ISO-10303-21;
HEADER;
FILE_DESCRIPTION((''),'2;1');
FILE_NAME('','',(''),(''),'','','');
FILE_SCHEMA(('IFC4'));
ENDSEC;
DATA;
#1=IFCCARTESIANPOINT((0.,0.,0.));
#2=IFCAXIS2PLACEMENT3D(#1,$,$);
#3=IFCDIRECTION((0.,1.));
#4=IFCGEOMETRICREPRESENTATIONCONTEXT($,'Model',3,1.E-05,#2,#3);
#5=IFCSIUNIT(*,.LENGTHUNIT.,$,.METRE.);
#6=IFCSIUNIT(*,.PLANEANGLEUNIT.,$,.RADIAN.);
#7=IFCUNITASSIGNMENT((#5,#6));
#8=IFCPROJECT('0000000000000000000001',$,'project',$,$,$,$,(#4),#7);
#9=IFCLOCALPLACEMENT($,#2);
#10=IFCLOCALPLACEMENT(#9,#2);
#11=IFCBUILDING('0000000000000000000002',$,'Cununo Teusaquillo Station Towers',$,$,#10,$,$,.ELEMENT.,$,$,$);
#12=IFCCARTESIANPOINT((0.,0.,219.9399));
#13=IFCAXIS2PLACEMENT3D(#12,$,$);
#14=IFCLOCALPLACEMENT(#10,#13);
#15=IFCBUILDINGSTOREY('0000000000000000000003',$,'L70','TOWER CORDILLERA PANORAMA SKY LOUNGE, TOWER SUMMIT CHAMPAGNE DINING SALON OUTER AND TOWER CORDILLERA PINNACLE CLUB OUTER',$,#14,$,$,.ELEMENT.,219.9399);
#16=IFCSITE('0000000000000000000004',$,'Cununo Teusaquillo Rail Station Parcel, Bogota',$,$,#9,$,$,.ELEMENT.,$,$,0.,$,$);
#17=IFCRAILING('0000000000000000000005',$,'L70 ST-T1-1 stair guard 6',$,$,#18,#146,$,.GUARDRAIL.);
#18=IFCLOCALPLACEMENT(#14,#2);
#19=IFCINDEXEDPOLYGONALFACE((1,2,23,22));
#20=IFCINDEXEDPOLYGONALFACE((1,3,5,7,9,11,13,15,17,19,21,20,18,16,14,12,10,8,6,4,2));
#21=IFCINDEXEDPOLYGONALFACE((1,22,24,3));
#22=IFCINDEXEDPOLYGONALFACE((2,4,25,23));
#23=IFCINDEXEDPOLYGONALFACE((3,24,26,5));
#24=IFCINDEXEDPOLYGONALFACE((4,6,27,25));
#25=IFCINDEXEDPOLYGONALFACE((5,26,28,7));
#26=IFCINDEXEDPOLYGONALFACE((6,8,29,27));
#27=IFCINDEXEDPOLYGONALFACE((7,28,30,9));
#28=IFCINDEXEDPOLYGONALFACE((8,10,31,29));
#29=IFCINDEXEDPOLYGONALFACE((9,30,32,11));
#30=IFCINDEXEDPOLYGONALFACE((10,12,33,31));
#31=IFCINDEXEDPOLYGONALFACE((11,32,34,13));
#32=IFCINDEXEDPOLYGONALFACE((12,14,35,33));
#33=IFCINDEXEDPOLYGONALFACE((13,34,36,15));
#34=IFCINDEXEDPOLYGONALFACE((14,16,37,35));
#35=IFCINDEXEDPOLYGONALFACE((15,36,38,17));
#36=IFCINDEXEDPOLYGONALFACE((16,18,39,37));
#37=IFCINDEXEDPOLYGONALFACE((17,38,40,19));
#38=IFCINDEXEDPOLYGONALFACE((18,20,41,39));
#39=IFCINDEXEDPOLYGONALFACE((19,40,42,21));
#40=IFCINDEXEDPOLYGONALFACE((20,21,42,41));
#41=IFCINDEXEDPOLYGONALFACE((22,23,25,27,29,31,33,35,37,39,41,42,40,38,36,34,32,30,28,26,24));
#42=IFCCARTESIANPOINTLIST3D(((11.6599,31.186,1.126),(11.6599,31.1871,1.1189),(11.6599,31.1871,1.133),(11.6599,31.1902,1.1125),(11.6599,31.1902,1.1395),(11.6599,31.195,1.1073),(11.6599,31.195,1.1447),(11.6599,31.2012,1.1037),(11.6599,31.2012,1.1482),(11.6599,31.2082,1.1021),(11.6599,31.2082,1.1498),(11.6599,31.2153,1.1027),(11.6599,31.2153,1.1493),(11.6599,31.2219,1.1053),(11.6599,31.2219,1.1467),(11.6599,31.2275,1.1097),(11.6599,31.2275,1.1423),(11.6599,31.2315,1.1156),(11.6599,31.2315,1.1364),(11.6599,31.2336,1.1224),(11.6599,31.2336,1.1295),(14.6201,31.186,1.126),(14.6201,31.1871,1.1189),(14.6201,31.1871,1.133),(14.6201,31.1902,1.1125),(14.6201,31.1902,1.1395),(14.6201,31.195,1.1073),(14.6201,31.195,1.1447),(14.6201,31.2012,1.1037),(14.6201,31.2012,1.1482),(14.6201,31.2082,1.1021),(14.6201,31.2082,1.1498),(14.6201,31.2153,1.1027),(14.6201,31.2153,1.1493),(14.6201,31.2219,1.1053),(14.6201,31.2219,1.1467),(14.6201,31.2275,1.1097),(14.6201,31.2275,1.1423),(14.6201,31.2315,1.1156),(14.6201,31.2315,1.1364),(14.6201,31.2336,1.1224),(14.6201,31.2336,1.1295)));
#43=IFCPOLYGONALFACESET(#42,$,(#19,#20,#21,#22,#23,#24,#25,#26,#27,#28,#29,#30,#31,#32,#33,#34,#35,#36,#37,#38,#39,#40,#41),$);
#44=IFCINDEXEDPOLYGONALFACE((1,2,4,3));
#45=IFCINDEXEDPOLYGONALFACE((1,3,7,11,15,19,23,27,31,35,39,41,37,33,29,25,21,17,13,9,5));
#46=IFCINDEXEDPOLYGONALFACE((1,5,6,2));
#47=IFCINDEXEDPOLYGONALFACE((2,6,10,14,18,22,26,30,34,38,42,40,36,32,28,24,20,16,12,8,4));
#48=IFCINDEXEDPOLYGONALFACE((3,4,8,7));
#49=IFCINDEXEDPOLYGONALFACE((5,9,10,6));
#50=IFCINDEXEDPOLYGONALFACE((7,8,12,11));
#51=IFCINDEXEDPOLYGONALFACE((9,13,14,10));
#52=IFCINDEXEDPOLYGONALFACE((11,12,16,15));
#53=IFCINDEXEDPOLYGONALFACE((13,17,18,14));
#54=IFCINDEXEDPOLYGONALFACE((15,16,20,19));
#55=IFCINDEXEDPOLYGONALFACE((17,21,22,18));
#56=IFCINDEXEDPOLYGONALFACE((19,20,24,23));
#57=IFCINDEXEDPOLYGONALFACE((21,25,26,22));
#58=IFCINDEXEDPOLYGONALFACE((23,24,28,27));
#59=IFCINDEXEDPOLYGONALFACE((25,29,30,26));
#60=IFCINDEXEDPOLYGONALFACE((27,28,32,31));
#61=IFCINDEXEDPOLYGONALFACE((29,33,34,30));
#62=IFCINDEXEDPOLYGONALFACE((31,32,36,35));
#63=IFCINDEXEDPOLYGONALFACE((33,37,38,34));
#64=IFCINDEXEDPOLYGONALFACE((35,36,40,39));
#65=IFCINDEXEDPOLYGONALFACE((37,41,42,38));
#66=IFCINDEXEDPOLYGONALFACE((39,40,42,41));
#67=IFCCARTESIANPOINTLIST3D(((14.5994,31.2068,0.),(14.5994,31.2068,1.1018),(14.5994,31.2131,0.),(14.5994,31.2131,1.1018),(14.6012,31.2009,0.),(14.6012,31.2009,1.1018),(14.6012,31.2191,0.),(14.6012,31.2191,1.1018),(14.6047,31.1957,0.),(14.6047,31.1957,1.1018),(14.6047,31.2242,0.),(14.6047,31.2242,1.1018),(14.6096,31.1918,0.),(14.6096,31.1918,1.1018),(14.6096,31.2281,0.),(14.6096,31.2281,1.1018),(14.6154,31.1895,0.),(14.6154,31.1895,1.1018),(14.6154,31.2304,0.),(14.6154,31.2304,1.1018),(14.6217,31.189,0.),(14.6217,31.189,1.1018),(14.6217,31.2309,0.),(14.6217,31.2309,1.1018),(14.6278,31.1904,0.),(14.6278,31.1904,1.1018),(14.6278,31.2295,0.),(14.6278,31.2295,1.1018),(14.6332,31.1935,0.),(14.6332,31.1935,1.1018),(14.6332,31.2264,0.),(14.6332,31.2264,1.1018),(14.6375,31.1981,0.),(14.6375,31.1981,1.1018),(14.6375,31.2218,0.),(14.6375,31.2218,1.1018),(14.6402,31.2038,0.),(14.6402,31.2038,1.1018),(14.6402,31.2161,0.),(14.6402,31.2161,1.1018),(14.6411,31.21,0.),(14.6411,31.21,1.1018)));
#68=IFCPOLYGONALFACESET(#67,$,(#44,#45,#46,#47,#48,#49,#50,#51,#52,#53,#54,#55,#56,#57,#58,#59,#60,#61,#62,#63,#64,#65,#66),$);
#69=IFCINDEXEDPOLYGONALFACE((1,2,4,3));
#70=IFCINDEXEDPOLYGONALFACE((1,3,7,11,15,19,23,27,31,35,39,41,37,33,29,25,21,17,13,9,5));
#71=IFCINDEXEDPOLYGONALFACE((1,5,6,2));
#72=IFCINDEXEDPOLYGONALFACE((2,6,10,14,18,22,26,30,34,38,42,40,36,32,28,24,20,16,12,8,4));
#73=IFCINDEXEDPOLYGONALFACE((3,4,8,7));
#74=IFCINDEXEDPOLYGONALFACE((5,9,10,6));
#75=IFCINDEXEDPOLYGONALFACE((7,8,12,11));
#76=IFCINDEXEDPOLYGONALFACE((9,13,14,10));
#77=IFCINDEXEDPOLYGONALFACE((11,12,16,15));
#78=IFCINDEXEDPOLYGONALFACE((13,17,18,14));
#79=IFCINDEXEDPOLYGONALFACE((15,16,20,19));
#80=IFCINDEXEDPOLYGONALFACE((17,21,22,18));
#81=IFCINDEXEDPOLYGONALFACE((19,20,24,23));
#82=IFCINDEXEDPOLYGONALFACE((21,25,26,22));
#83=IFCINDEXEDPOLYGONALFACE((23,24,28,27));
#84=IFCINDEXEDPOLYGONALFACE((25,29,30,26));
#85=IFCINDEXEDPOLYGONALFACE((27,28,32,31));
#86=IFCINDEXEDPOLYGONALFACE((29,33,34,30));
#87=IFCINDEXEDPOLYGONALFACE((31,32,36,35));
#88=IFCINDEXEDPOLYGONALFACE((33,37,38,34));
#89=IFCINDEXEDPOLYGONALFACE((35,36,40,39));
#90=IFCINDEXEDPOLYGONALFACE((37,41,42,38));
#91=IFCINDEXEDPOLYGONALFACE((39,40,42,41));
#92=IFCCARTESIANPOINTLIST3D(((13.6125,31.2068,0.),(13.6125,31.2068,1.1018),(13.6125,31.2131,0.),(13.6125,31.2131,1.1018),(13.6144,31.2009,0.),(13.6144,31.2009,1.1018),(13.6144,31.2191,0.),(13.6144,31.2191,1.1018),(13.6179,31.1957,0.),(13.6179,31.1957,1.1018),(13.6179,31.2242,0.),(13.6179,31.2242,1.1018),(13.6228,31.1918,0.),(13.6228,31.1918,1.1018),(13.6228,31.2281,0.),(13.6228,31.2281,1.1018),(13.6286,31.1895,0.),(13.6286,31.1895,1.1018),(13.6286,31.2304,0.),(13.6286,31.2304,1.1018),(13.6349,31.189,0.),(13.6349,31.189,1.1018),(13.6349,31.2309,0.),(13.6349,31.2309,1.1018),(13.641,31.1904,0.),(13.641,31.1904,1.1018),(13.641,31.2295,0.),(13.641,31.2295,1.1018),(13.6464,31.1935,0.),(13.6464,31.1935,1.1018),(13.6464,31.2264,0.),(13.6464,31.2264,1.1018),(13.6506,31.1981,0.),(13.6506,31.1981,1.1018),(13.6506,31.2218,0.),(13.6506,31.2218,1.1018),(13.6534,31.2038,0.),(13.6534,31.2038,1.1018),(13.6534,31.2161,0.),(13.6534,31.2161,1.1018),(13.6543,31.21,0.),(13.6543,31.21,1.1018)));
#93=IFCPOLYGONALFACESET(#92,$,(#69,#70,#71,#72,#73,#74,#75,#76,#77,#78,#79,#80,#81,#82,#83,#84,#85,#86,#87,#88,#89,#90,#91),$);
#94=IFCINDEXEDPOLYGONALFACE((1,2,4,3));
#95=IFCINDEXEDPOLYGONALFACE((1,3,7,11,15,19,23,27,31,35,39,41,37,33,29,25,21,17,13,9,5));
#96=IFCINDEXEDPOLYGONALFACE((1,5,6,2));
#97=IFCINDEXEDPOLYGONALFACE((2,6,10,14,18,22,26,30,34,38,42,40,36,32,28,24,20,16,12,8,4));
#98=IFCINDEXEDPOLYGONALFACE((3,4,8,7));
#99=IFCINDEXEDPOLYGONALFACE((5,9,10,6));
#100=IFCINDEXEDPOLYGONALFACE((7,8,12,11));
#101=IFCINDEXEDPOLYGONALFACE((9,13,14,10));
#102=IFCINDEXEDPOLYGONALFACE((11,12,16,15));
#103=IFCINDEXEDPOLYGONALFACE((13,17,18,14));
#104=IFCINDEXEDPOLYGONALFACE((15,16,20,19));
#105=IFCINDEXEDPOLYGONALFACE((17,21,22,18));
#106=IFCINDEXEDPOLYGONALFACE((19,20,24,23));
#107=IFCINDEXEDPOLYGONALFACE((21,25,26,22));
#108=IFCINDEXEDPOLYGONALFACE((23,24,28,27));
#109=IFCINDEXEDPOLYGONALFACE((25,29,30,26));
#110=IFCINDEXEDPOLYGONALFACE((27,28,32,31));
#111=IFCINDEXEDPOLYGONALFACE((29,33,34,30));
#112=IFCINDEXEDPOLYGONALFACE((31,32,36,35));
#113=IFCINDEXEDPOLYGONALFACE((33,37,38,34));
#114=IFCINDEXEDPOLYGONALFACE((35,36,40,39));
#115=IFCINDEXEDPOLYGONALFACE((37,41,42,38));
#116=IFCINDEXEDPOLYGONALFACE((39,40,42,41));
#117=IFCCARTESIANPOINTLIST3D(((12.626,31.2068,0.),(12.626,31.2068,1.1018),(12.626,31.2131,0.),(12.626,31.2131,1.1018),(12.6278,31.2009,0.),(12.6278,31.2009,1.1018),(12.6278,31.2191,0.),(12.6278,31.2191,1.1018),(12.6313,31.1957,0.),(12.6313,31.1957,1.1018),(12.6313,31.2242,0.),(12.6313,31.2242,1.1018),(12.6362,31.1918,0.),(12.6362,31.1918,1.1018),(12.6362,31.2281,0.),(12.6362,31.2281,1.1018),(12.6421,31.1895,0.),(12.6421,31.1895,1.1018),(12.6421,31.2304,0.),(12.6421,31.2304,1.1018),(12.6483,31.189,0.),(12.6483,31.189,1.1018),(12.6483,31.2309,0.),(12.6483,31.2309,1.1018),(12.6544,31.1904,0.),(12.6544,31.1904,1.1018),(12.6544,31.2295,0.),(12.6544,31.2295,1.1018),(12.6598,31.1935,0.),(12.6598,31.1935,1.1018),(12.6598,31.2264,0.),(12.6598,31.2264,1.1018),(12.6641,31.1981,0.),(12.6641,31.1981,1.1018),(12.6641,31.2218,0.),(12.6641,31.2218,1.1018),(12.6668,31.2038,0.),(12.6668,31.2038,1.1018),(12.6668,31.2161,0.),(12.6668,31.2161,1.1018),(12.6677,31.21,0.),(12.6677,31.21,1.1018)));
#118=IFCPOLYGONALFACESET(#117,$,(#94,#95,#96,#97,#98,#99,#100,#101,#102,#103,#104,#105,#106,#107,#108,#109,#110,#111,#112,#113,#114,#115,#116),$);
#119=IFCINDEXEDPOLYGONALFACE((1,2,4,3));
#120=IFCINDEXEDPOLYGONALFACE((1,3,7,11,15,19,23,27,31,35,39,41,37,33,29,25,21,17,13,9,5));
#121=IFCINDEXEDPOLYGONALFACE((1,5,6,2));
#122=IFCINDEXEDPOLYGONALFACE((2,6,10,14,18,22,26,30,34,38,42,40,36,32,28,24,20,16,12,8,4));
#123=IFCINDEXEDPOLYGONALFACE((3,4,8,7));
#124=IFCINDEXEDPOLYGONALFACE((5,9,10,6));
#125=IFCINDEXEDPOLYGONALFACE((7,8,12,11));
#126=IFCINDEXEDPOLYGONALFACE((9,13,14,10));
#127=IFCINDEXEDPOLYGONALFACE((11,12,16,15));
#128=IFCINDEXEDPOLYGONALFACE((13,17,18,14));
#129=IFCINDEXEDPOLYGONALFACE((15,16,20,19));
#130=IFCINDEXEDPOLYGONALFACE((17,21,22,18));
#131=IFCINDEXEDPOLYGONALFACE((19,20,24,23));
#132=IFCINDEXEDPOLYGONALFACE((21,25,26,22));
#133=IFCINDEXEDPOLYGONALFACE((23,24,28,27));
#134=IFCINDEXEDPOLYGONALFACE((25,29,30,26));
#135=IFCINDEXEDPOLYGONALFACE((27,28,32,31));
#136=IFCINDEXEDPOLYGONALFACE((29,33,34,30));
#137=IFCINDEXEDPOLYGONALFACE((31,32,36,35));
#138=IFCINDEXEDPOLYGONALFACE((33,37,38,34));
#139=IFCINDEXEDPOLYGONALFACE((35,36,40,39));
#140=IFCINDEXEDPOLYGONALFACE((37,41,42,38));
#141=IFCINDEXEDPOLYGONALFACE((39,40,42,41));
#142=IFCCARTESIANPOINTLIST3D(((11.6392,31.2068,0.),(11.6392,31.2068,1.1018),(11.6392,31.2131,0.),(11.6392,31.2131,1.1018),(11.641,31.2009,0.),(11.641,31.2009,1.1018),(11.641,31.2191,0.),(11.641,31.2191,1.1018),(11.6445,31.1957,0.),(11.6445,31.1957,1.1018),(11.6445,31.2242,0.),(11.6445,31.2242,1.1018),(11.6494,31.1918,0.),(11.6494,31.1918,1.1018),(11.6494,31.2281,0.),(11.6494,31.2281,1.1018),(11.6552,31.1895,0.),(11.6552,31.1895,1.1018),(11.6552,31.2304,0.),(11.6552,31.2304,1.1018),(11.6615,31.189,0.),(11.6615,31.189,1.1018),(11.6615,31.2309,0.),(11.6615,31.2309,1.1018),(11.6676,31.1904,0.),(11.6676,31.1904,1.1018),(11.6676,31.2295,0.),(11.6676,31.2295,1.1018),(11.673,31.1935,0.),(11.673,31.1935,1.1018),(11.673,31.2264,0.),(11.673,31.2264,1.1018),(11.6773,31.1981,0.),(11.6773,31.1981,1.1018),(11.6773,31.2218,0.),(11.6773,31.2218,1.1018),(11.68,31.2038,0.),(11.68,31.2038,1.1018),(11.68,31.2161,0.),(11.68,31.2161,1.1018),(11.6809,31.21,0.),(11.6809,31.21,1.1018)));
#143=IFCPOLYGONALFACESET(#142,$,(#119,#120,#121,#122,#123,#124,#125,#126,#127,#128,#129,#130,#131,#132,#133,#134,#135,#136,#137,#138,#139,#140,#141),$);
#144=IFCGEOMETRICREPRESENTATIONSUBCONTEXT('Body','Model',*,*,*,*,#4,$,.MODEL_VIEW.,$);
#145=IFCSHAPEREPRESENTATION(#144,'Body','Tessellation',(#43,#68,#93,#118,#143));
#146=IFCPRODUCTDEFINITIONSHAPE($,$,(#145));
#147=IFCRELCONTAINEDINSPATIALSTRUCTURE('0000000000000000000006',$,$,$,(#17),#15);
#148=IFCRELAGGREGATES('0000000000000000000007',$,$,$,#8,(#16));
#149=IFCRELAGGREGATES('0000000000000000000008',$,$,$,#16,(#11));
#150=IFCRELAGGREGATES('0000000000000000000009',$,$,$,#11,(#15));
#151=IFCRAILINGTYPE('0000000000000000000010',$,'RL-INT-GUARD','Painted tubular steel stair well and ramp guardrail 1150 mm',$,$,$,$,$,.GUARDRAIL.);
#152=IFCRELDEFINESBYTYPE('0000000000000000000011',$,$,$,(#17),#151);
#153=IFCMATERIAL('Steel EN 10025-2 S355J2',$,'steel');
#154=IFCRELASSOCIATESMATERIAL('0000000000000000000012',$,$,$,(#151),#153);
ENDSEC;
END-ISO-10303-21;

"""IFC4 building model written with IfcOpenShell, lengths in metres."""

from ifc_helpers import new_model, si_unit, direction, frame, origin, origin_2d, place, context, subcontext, project, spatial, circle, extrude, material, type_object, element, save


model = new_model("IFC4")

# Units and contexts
model_context = context("Model", 3, precision=1e-05, world=origin(), true_north=direction((0.0, 1.0)))
body_context = subcontext(model_context, "Body", "Model", "MODEL_VIEW")
ifc_project = project(units=[si_unit("LENGTHUNIT", "METRE"), si_unit("PLANEANGLEUNIT", "RADIAN")], contexts=[model_context])

# Site, building, storey
site_placement = place(None, origin())
site = spatial("IfcSite", under=ifc_project, at=site_placement, Name="Cununo Teusaquillo Rail Station Parcel, Bogota", CompositionType="ELEMENT", RefElevation=0.0)
building_placement = place(site_placement, origin())
building = spatial("IfcBuilding", under=site, at=building_placement, Name="Cununo Teusaquillo Station Towers", CompositionType="ELEMENT")
storey_placement = place(building_placement, frame((0.0, 0.0, 219.9399)))
storey = spatial("IfcBuildingStorey", under=building, at=storey_placement, Name="L70", Description="TOWER CORDILLERA PANORAMA SKY LOUNGE, TOWER SUMMIT CHAMPAGNE DINING SALON OUTER AND TOWER CORDILLERA PINNACLE CLUB OUTER", CompositionType="ELEMENT", Elevation=219.9399)

# Railing
ifc_material_1 = material(Name="Steel EN 10025-2 S355J2", Category="steel")
railing_type_1 = type_object("IfcRailingType", Name="RL-INT-GUARD", Description="Painted tubular steel stair well and ramp guardrail 1150 mm", PredefinedType="GUARDRAIL", material=ifc_material_1)
railing_1_placement = place(storey_placement, frame((14.6201, 31.21, 0.0)))
element("IfcRailing", 1, at=railing_1_placement, inside=storey, type_object=railing_type_1, Name="L70 ST-T1-1 stair guard 6", PredefinedType="GUARDRAIL", context=body_context, shape_type="SweptSolid", body=[
    extrude(circle(Radius=0.0239, at=origin_2d()), frame((0.0, 0.0, 1.126), z_axis=(-1.0, 0.0, 0.0), x_axis=(0.0, -1.0, 0.0)), (0.0, 0.0, 1.0), 2.9602),
    extrude(circle(Radius=0.021, at=origin_2d()), origin(), (0.0, 0.0, 1.0), 1.1018),
    extrude(circle(Radius=0.021, at=origin_2d()), frame((-0.9868, 0.0, 0.0)), (0.0, 0.0, 1.0), 1.1018),
    extrude(circle(Radius=0.021, at=origin_2d()), frame((-1.9734, 0.0, 0.0)), (0.0, 0.0, 1.0), 1.1018),
    extrude(circle(Radius=0.021, at=origin_2d()), frame((-2.9602, 0.0, 0.0)), (0.0, 0.0, 1.0), 1.1018),
])

save(model, "model.ifc")
